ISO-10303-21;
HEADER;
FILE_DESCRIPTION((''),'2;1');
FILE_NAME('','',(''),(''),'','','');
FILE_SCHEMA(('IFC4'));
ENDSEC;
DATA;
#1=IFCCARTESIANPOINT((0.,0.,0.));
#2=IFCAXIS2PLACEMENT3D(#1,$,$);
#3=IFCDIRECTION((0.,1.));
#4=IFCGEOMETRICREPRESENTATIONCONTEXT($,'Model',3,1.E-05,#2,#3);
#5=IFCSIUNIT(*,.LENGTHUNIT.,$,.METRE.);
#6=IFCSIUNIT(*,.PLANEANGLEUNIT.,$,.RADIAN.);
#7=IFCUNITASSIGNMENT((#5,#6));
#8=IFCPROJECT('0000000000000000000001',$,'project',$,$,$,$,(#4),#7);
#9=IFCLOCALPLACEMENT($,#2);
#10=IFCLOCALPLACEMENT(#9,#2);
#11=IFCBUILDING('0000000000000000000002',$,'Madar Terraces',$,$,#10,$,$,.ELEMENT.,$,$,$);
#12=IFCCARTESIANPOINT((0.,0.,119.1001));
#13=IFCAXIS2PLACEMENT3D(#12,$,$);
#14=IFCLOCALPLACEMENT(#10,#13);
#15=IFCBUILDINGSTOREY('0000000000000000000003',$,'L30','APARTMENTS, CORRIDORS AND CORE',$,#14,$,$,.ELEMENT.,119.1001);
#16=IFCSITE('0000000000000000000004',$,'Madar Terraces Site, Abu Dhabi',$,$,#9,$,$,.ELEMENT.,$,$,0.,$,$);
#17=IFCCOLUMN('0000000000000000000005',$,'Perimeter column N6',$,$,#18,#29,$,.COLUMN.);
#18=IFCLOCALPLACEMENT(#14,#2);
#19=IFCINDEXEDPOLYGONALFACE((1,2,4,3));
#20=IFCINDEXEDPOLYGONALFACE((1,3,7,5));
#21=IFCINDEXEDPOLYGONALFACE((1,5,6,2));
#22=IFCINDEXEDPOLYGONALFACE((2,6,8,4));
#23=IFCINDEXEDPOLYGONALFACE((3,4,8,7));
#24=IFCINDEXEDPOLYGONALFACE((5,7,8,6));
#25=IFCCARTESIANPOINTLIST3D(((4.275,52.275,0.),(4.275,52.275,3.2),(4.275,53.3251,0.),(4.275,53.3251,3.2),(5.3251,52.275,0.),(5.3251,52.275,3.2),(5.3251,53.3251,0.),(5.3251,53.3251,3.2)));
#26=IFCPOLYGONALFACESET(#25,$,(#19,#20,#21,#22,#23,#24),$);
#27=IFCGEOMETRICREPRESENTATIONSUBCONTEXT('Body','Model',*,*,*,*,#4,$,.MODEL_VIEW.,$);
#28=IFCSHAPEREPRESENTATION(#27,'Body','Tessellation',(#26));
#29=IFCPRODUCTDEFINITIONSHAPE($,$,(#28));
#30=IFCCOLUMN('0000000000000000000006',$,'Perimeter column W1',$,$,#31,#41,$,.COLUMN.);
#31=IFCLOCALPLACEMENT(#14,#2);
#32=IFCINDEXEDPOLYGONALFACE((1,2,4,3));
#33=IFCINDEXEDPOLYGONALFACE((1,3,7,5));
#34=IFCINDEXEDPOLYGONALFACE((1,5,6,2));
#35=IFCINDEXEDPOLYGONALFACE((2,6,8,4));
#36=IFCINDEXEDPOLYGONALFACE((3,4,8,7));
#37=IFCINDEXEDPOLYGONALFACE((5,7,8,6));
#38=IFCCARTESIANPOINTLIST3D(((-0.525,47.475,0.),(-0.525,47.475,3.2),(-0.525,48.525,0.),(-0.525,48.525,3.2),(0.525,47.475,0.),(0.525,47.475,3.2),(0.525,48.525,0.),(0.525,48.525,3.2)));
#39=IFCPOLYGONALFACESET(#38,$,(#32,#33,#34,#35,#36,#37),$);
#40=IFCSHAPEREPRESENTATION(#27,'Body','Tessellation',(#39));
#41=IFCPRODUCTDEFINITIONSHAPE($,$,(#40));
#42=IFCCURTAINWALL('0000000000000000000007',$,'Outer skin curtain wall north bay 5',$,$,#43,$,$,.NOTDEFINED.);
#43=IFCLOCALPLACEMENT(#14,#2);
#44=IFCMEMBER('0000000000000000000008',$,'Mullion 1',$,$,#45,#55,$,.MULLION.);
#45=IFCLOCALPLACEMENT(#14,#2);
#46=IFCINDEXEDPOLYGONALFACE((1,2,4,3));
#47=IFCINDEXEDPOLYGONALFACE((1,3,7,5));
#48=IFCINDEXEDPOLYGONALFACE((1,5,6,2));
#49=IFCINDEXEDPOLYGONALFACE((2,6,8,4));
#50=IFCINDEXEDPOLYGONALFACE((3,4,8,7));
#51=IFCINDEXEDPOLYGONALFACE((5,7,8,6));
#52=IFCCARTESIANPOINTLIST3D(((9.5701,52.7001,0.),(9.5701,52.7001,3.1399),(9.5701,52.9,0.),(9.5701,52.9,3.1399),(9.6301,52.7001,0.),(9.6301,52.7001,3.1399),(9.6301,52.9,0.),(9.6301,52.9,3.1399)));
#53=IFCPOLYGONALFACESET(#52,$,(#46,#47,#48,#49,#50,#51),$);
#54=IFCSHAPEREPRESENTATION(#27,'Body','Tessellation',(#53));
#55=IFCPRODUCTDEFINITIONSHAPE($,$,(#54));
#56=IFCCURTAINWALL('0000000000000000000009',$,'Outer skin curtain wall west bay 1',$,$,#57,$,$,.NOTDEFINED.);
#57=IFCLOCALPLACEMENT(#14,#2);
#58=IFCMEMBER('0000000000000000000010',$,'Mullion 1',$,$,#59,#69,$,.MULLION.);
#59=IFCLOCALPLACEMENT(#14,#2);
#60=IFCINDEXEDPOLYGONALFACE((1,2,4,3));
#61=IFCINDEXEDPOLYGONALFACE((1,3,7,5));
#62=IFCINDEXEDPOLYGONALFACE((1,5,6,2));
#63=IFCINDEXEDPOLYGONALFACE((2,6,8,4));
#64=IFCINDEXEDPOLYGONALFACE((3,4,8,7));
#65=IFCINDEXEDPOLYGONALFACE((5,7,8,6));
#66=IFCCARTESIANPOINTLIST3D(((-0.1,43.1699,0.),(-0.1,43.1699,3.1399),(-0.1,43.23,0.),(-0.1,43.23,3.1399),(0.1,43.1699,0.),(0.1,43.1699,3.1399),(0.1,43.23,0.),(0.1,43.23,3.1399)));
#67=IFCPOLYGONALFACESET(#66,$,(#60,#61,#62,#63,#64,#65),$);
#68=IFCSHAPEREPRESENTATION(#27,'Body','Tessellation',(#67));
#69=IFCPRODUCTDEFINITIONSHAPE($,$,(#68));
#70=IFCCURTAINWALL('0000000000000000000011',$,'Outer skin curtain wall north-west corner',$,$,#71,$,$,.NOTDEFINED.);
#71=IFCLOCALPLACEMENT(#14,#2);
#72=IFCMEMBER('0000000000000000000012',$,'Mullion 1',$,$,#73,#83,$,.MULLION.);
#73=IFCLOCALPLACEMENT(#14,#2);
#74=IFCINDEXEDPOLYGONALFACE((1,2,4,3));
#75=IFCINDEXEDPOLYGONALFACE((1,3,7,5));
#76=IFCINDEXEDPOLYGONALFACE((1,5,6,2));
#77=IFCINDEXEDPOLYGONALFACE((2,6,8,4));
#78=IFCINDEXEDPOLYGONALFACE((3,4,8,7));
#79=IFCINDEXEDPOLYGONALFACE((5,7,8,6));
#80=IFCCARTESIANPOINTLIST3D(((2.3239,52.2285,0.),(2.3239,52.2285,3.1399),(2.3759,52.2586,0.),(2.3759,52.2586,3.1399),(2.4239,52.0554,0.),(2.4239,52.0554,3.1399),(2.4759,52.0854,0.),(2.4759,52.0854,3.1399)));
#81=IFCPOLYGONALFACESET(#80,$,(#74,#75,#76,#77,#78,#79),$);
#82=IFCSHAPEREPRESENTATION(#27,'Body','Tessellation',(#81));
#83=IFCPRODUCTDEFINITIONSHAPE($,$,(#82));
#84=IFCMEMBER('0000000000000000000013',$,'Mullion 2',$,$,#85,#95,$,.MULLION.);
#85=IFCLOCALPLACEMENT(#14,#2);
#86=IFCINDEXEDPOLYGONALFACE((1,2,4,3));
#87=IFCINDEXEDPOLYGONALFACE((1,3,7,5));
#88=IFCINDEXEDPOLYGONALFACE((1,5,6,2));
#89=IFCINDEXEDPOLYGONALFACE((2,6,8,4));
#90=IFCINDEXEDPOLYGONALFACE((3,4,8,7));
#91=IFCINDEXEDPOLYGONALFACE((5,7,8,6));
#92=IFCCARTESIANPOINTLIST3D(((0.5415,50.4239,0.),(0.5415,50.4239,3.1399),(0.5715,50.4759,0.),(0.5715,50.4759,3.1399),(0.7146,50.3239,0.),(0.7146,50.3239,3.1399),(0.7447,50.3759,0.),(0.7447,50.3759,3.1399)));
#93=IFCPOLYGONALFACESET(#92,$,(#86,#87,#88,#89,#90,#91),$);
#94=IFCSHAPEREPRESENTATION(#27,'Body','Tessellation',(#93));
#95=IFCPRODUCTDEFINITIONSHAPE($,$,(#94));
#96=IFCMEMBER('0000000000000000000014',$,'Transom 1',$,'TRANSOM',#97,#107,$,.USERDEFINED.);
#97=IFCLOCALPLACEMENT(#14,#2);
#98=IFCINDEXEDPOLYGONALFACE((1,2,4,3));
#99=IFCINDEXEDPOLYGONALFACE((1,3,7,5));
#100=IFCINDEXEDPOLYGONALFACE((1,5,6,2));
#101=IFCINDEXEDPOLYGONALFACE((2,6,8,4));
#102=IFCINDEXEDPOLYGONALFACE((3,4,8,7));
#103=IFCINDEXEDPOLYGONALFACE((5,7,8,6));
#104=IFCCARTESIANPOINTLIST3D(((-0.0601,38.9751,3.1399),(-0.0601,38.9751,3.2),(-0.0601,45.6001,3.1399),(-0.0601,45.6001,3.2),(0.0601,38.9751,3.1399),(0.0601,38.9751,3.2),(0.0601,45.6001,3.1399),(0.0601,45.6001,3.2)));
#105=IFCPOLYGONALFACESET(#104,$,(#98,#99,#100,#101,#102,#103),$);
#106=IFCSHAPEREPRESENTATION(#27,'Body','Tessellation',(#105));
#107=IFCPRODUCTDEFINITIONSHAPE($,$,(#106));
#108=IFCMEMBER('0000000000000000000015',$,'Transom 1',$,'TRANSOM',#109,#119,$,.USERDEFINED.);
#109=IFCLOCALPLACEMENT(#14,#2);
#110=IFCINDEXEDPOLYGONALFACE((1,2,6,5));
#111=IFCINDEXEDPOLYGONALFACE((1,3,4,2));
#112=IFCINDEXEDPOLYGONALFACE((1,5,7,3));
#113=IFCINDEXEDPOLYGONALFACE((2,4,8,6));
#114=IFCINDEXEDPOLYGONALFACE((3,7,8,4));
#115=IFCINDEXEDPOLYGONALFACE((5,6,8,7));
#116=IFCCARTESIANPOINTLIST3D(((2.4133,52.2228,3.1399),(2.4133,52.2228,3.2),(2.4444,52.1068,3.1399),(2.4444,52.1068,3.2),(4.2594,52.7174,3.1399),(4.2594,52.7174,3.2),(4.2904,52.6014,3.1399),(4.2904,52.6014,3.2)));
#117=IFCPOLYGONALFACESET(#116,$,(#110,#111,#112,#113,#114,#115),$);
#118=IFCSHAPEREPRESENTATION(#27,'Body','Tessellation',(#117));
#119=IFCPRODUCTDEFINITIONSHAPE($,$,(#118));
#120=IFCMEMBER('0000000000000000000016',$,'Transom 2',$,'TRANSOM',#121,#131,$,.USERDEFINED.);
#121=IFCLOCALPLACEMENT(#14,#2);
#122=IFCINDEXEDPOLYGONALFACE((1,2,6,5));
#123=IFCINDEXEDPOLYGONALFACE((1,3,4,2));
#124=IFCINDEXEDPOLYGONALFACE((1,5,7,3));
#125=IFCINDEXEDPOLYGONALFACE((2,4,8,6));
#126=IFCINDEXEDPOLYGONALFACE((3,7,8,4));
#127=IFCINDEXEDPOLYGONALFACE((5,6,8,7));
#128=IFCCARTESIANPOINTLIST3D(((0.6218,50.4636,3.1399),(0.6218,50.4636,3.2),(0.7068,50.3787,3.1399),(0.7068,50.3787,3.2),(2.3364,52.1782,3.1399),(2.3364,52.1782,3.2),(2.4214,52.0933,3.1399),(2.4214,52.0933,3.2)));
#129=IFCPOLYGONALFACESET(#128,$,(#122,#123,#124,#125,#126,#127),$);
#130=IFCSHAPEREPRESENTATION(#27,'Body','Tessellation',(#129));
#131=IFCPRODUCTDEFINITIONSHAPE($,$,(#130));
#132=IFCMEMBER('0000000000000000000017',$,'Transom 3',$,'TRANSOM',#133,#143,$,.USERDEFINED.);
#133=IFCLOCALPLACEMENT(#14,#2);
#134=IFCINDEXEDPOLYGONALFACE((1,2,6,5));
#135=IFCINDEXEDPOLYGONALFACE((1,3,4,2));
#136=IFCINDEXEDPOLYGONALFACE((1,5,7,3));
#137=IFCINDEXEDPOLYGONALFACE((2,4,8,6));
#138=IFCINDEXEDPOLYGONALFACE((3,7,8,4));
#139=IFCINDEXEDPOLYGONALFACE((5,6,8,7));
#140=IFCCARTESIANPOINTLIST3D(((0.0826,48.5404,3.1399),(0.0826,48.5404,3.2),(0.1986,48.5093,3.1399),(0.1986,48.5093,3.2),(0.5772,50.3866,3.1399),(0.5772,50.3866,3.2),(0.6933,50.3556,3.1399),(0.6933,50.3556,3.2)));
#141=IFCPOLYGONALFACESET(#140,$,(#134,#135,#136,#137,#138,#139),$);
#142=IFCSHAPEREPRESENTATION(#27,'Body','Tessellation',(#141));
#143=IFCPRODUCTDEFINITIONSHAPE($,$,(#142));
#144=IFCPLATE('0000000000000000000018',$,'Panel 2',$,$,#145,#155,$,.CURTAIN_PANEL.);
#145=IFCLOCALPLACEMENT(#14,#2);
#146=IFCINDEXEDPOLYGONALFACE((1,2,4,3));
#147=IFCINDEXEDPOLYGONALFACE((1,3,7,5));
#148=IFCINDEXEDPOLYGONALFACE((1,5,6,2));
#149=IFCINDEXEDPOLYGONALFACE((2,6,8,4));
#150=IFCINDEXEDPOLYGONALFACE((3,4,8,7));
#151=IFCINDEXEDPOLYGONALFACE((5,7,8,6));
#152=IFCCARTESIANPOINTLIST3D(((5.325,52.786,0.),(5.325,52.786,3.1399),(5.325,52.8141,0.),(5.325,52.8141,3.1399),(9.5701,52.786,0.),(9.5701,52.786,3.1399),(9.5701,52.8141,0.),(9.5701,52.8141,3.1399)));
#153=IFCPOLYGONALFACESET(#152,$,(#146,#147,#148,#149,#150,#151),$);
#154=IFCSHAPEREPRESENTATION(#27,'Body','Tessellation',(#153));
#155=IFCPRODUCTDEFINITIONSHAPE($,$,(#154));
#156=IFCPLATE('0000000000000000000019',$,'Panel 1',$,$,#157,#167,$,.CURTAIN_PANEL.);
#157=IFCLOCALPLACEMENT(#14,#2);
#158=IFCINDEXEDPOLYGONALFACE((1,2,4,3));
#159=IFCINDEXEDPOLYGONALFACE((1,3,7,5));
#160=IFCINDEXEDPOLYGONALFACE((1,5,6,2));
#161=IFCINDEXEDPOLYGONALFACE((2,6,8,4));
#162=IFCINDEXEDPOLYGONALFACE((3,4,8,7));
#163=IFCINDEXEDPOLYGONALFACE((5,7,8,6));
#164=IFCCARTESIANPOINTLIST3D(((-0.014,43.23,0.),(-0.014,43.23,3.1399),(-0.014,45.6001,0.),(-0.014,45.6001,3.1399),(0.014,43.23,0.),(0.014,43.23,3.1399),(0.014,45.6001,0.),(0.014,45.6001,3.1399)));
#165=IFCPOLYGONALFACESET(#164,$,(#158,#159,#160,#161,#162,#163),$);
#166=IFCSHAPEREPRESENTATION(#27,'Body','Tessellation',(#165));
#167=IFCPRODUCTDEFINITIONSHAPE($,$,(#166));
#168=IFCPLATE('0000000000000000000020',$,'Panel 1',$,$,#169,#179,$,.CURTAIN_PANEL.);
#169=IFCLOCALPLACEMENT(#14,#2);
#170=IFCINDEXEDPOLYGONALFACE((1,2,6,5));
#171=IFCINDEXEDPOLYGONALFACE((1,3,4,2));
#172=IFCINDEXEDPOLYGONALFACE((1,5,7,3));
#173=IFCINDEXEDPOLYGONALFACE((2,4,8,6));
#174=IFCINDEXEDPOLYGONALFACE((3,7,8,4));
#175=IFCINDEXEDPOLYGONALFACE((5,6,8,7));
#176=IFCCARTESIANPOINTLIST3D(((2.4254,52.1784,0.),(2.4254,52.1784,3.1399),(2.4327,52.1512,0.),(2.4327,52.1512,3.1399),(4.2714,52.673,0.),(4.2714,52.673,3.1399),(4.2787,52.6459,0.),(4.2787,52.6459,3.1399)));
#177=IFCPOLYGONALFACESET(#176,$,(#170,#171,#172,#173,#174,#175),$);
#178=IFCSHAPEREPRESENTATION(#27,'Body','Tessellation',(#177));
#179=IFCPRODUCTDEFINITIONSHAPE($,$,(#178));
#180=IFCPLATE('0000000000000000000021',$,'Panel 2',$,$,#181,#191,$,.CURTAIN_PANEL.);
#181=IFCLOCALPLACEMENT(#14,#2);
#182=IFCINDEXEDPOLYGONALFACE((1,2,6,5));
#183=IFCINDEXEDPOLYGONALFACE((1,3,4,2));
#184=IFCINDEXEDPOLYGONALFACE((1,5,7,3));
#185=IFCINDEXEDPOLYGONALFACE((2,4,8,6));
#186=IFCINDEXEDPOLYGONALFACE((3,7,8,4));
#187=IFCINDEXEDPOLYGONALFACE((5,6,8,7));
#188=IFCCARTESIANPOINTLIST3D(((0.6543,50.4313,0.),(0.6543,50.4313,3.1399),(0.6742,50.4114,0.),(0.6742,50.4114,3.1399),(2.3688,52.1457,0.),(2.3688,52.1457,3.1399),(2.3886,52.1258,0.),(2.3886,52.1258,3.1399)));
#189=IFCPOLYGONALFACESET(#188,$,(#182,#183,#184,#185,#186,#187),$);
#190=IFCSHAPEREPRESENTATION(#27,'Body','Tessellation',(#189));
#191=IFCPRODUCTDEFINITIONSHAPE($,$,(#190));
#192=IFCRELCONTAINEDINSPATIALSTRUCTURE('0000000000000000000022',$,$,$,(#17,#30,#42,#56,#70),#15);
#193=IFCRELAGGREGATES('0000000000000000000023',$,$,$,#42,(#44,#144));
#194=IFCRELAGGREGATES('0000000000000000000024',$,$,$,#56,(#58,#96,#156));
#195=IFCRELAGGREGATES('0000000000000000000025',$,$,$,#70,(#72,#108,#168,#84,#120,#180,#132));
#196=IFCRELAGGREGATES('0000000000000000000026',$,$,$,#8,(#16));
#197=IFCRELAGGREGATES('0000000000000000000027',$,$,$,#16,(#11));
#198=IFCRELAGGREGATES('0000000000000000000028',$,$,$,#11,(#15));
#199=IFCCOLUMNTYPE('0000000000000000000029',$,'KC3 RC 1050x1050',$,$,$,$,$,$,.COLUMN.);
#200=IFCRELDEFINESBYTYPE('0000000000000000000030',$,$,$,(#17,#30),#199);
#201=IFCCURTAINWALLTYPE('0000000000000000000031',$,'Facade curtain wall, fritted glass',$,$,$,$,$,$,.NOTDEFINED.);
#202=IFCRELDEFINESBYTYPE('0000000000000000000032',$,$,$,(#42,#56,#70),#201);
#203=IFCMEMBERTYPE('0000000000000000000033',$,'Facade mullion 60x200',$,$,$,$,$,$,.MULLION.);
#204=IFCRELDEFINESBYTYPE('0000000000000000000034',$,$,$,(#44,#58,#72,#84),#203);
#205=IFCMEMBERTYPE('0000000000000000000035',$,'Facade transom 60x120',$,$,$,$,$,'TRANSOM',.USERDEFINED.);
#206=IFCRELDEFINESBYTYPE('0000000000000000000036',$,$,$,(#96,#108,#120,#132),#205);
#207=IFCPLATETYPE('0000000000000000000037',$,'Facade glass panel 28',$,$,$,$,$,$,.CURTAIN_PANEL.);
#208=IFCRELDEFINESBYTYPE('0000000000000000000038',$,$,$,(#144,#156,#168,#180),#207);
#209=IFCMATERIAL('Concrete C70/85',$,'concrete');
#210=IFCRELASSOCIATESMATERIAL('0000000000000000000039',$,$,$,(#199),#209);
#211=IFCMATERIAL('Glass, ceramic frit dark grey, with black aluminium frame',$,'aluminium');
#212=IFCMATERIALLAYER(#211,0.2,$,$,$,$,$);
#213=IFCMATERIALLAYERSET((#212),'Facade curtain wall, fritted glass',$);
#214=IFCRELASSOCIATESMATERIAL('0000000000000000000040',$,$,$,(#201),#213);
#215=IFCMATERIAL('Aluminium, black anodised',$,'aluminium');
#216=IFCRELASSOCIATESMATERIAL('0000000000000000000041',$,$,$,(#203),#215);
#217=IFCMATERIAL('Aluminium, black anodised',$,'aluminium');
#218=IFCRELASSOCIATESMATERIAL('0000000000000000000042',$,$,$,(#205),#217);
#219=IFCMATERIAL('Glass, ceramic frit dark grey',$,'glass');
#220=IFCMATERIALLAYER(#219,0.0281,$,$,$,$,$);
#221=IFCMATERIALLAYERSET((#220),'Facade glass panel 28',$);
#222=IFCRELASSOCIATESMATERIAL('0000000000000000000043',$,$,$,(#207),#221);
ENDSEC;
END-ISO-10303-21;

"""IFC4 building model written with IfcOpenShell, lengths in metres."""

from ifc_helpers import new_model, si_unit, direction, frame, origin, origin_2d, place, context, subcontext, project, spatial, rectangle, extrude, material, layer, layer_set, material_profile, profile_set, type_object, element, aggregate, save


model = new_model("IFC4")

# Units and contexts
model_context = context("Model", 3, precision=1e-05, world=origin(), true_north=direction((0.0, 1.0)))
body_context = subcontext(model_context, "Body", "Model", "MODEL_VIEW")
ifc_project = project(units=[si_unit("LENGTHUNIT", "METRE"), si_unit("PLANEANGLEUNIT", "RADIAN")], contexts=[model_context])

# Site, building, storey
site_placement = place(None, origin())
site = spatial("IfcSite", under=ifc_project, at=site_placement, Name="Madar Terraces Site, Abu Dhabi", CompositionType="ELEMENT", RefElevation=0.0)
building_placement = place(site_placement, origin())
building = spatial("IfcBuilding", under=site, at=building_placement, Name="Madar Terraces", CompositionType="ELEMENT")
storey_placement = place(building_placement, frame((0.0, 0.0, 119.1001)))
storey = spatial("IfcBuildingStorey", under=building, at=storey_placement, Name="L30", Description="APARTMENTS, CORRIDORS AND CORE", CompositionType="ELEMENT", Elevation=119.1001)

# Columns
ifc_material_1 = material(Name="Concrete C70/85", Category="concrete")
ifc_material_profile_1 = material_profile(ifc_material_1, rectangle(XDim=1.05, YDim=1.05, at=origin_2d()), Name="KC3 RC 1050x1050")
ifc_profile_set_1 = profile_set([ifc_material_profile_1], Name="Concrete C70/85")
column_type = type_object("IfcColumnType", Name="KC3 RC 1050x1050", PredefinedType="COLUMN", material=ifc_profile_set_1)
for number, where, z_axis, x_axis, name in (
    (1, (4.8, 52.8, 0.0), (0.0, 0.0, 1.0), (1.0, 0.0, 0.0), "Perimeter column N6"),
    (2, (0.0, 48.0, 0.0), (0.0, 0.0, 1.0), (1.0, 0.0, 0.0), "Perimeter column W1"),
):
    element("IfcColumn", number, at=place(storey_placement, frame(where, z_axis=z_axis, x_axis=x_axis)), inside=storey, type_object=column_type, Name=name, PredefinedType="COLUMN", context=body_context, shape_type="SweptSolid", body=[
        extrude(rectangle(XDim=1.05, YDim=1.05, at=origin_2d()), origin(), (0.0, 0.0, 1.0), 3.2),
    ])

# Curtain walls, members
ifc_material_2 = material(Name="Glass, ceramic frit dark grey, with black aluminium frame", Category="aluminium")
ifc_layer_1 = layer(ifc_material_2, 0.2)
ifc_layer_set_1 = layer_set([ifc_layer_1], Name="Facade curtain wall, fritted glass")
curtain_wall_type = type_object("IfcCurtainWallType", Name="Facade curtain wall, fritted glass", PredefinedType="NOTDEFINED", material=ifc_layer_set_1)
curtain_wall_1_placement = place(storey_placement, origin())
curtain_wall_1 = element("IfcCurtainWall", 3, at=curtain_wall_1_placement, inside=storey, type_object=curtain_wall_type, Name="Outer skin curtain wall north bay 5", PredefinedType="NOTDEFINED")
ifc_material_3 = material(Name="Aluminium, black anodised", Category="aluminium")
ifc_material_profile_2 = material_profile(ifc_material_3, rectangle(XDim=0.2, YDim=0.0601, at=origin_2d()), Name="Facade mullion 60x200")
ifc_profile_set_2 = profile_set([ifc_material_profile_2], Name="Aluminium, black anodised")
member_type_1 = type_object("IfcMemberType", Name="Facade mullion 60x200", PredefinedType="MULLION", material=ifc_profile_set_2)
member_1_placement = place(storey_placement, frame((9.6001, 52.8, 0.0), z_axis=(0.0, 0.0, 1.0), x_axis=(0.0, -1.0, 0.0)))
member_1 = element("IfcMember", 4, at=member_1_placement, type_object=member_type_1, Name="Mullion 1", PredefinedType="MULLION", context=body_context, shape_type="SweptSolid", body=[
    extrude(rectangle(XDim=0.2, YDim=0.0601, at=origin_2d()), origin(), (0.0, 0.0, 1.0), 3.1399),
])
curtain_wall_2_placement = place(storey_placement, origin())
curtain_wall_2 = element("IfcCurtainWall", 5, at=curtain_wall_2_placement, inside=storey, type_object=curtain_wall_type, Name="Outer skin curtain wall west bay 1", PredefinedType="NOTDEFINED")
member_2_placement = place(storey_placement, frame((0.0, 43.2, 0.0), z_axis=(0.0, 0.0, 1.0), x_axis=(1.0, 0.0, 0.0)))
member_2 = element("IfcMember", 6, at=member_2_placement, type_object=member_type_1, Name="Mullion 1", PredefinedType="MULLION", context=body_context, shape_type="SweptSolid", body=[
    extrude(rectangle(XDim=0.2, YDim=0.0601, at=origin_2d()), origin(), (0.0, 0.0, 1.0), 3.1399),
])

# Curtain wall, members
curtain_wall_3_placement = place(storey_placement, origin())
curtain_wall_3 = element("IfcCurtainWall", 7, at=curtain_wall_3_placement, inside=storey, type_object=curtain_wall_type, Name="Outer skin curtain wall north-west corner", PredefinedType="NOTDEFINED")
member_3_placement = place(storey_placement, frame((2.3999, 52.157, 0.0), z_axis=(0.0, 0.0, 1.0), x_axis=(0.5, -0.866025, 0.0)))
member_3 = element("IfcMember", 8, at=member_3_placement, type_object=member_type_1, Name="Mullion 1", PredefinedType="MULLION", context=body_context, shape_type="SweptSolid", body=[
    extrude(rectangle(XDim=0.2, YDim=0.0601, at=origin_2d()), origin(), (0.0, 0.0, 1.0), 3.1399),
])
member_4_placement = place(storey_placement, frame((0.6431, 50.3999, 0.0), z_axis=(0.0, 0.0, 1.0), x_axis=(0.866025, -0.5, 0.0)))
member_4 = element("IfcMember", 9, at=member_4_placement, type_object=member_type_1, Name="Mullion 2", PredefinedType="MULLION", context=body_context, shape_type="SweptSolid", body=[
    extrude(rectangle(XDim=0.2, YDim=0.0601, at=origin_2d()), origin(), (0.0, 0.0, 1.0), 3.1399),
])

# Members
ifc_material_4 = material(Name="Aluminium, black anodised", Category="aluminium")
ifc_material_profile_3 = material_profile(ifc_material_4, rectangle(XDim=0.1201, YDim=0.0601, at=origin_2d()), Name="Facade transom 60x120")
ifc_profile_set_3 = profile_set([ifc_material_profile_3], Name="Aluminium, black anodised")
member_type_2 = type_object("IfcMemberType", Name="Facade transom 60x120", ElementType="TRANSOM", PredefinedType="USERDEFINED", material=ifc_profile_set_3)
member_5_placement = place(storey_placement, frame((0.0, 45.6001, 3.1699), z_axis=(0.0, -1.0, 0.0), x_axis=(1.0, 0.0, 0.0)))
member_5 = element("IfcMember", 10, at=member_5_placement, type_object=member_type_2, Name="Transom 1", ObjectType="TRANSOM", PredefinedType="USERDEFINED", context=body_context, shape_type="SweptSolid", body=[
    extrude(rectangle(XDim=0.1201, YDim=0.0601, at=origin_2d()), origin(), (0.0, 0.0, 1.0), 6.625),
])
member_6_placement = place(storey_placement, frame((4.2749, 52.6594, 3.1699), z_axis=(-0.965925, -0.258823, 0.0), x_axis=(0.258823, -0.965925, 0.0)))
member_6 = element("IfcMember", 11, at=member_6_placement, type_object=member_type_2, Name="Transom 1", ObjectType="TRANSOM", PredefinedType="USERDEFINED", context=body_context, shape_type="SweptSolid", body=[
    extrude(rectangle(XDim=0.1201, YDim=0.0601, at=origin_2d()), origin(), (0.0, 0.0, 1.0), 1.9111),
])
member_7_placement = place(storey_placement, frame((2.3789, 52.1357, 3.1699), z_axis=(-0.707107, -0.707107, 0.0), x_axis=(0.707107, -0.707107, 0.0)))
member_7 = element("IfcMember", 12, at=member_7_placement, type_object=member_type_2, Name="Transom 2", ObjectType="TRANSOM", PredefinedType="USERDEFINED", context=body_context, shape_type="SweptSolid", body=[
    extrude(rectangle(XDim=0.1201, YDim=0.0601, at=origin_2d()), origin(), (0.0, 0.0, 1.0), 2.4248),
])
member_8_placement = place(storey_placement, frame((0.6353, 50.3711, 3.1699), z_axis=(-0.258791, -0.965933, 0.0), x_axis=(0.965933, -0.258791, 0.0)))
member_8 = element("IfcMember", 13, at=member_8_placement, type_object=member_type_2, Name="Transom 3", ObjectType="TRANSOM", PredefinedType="USERDEFINED", context=body_context, shape_type="SweptSolid", body=[
    extrude(rectangle(XDim=0.1201, YDim=0.0601, at=origin_2d()), origin(), (0.0, 0.0, 1.0), 1.9114),
])

# Plates
ifc_material_5 = material(Name="Glass, ceramic frit dark grey", Category="glass")
ifc_layer_2 = layer(ifc_material_5, 0.0281)
ifc_layer_set_2 = layer_set([ifc_layer_2], Name="Facade glass panel 28")
plate_type = type_object("IfcPlateType", Name="Facade glass panel 28", PredefinedType="CURTAIN_PANEL", material=ifc_layer_set_2)
plate_1_placement = place(storey_placement, frame((7.4475, 52.8, 0.0), z_axis=(0.0, 0.0, 1.0), x_axis=(-1.0, 0.0, 0.0)))
plate_1 = element("IfcPlate", 14, at=plate_1_placement, type_object=plate_type, Name="Panel 2", PredefinedType="CURTAIN_PANEL", context=body_context, shape_type="SweptSolid", body=[
    extrude(rectangle(XDim=4.2451, YDim=0.0281, at=origin_2d()), origin(), (0.0, 0.0, 1.0), 3.1399),
])
aggregate(curtain_wall_1, [member_1, plate_1])
plate_2_placement = place(storey_placement, frame((0.0, 44.415, 0.0), z_axis=(0.0, 0.0, 1.0), x_axis=(0.0, -1.0, 0.0)))
plate_2 = element("IfcPlate", 15, at=plate_2_placement, type_object=plate_type, Name="Panel 1", PredefinedType="CURTAIN_PANEL", context=body_context, shape_type="SweptSolid", body=[
    extrude(rectangle(XDim=2.3701, YDim=0.0281, at=origin_2d()), origin(), (0.0, 0.0, 1.0), 3.1399),
])
aggregate(curtain_wall_2, [member_2, member_5, plate_2])
plate_3_placement = place(storey_placement, frame((3.3521, 52.4121, 0.0), z_axis=(0.0, 0.0, 1.0), x_axis=(-0.965926, -0.258819, 0.0)))
plate_3 = element("IfcPlate", 16, at=plate_3_placement, type_object=plate_type, Name="Panel 1", PredefinedType="CURTAIN_PANEL", context=body_context, shape_type="SweptSolid", body=[
    extrude(rectangle(XDim=1.9111, YDim=0.0281, at=origin_2d()), origin(), (0.0, 0.0, 1.0), 3.1399),
])
plate_4_placement = place(storey_placement, frame((1.5215, 51.2786, 0.0), z_axis=(0.0, 0.0, 1.0), x_axis=(-0.707107, -0.707107, 0.0)))
plate_4 = element("IfcPlate", 17, at=plate_4_placement, type_object=plate_type, Name="Panel 2", PredefinedType="CURTAIN_PANEL", context=body_context, shape_type="SweptSolid", body=[
    extrude(rectangle(XDim=2.4246, YDim=0.0281, at=origin_2d()), origin(), (0.0, 0.0, 1.0), 3.1399),
])
aggregate(curtain_wall_3, [member_3, member_6, plate_3, member_4, member_7, plate_4, member_8])

save(model, "model.ifc")
